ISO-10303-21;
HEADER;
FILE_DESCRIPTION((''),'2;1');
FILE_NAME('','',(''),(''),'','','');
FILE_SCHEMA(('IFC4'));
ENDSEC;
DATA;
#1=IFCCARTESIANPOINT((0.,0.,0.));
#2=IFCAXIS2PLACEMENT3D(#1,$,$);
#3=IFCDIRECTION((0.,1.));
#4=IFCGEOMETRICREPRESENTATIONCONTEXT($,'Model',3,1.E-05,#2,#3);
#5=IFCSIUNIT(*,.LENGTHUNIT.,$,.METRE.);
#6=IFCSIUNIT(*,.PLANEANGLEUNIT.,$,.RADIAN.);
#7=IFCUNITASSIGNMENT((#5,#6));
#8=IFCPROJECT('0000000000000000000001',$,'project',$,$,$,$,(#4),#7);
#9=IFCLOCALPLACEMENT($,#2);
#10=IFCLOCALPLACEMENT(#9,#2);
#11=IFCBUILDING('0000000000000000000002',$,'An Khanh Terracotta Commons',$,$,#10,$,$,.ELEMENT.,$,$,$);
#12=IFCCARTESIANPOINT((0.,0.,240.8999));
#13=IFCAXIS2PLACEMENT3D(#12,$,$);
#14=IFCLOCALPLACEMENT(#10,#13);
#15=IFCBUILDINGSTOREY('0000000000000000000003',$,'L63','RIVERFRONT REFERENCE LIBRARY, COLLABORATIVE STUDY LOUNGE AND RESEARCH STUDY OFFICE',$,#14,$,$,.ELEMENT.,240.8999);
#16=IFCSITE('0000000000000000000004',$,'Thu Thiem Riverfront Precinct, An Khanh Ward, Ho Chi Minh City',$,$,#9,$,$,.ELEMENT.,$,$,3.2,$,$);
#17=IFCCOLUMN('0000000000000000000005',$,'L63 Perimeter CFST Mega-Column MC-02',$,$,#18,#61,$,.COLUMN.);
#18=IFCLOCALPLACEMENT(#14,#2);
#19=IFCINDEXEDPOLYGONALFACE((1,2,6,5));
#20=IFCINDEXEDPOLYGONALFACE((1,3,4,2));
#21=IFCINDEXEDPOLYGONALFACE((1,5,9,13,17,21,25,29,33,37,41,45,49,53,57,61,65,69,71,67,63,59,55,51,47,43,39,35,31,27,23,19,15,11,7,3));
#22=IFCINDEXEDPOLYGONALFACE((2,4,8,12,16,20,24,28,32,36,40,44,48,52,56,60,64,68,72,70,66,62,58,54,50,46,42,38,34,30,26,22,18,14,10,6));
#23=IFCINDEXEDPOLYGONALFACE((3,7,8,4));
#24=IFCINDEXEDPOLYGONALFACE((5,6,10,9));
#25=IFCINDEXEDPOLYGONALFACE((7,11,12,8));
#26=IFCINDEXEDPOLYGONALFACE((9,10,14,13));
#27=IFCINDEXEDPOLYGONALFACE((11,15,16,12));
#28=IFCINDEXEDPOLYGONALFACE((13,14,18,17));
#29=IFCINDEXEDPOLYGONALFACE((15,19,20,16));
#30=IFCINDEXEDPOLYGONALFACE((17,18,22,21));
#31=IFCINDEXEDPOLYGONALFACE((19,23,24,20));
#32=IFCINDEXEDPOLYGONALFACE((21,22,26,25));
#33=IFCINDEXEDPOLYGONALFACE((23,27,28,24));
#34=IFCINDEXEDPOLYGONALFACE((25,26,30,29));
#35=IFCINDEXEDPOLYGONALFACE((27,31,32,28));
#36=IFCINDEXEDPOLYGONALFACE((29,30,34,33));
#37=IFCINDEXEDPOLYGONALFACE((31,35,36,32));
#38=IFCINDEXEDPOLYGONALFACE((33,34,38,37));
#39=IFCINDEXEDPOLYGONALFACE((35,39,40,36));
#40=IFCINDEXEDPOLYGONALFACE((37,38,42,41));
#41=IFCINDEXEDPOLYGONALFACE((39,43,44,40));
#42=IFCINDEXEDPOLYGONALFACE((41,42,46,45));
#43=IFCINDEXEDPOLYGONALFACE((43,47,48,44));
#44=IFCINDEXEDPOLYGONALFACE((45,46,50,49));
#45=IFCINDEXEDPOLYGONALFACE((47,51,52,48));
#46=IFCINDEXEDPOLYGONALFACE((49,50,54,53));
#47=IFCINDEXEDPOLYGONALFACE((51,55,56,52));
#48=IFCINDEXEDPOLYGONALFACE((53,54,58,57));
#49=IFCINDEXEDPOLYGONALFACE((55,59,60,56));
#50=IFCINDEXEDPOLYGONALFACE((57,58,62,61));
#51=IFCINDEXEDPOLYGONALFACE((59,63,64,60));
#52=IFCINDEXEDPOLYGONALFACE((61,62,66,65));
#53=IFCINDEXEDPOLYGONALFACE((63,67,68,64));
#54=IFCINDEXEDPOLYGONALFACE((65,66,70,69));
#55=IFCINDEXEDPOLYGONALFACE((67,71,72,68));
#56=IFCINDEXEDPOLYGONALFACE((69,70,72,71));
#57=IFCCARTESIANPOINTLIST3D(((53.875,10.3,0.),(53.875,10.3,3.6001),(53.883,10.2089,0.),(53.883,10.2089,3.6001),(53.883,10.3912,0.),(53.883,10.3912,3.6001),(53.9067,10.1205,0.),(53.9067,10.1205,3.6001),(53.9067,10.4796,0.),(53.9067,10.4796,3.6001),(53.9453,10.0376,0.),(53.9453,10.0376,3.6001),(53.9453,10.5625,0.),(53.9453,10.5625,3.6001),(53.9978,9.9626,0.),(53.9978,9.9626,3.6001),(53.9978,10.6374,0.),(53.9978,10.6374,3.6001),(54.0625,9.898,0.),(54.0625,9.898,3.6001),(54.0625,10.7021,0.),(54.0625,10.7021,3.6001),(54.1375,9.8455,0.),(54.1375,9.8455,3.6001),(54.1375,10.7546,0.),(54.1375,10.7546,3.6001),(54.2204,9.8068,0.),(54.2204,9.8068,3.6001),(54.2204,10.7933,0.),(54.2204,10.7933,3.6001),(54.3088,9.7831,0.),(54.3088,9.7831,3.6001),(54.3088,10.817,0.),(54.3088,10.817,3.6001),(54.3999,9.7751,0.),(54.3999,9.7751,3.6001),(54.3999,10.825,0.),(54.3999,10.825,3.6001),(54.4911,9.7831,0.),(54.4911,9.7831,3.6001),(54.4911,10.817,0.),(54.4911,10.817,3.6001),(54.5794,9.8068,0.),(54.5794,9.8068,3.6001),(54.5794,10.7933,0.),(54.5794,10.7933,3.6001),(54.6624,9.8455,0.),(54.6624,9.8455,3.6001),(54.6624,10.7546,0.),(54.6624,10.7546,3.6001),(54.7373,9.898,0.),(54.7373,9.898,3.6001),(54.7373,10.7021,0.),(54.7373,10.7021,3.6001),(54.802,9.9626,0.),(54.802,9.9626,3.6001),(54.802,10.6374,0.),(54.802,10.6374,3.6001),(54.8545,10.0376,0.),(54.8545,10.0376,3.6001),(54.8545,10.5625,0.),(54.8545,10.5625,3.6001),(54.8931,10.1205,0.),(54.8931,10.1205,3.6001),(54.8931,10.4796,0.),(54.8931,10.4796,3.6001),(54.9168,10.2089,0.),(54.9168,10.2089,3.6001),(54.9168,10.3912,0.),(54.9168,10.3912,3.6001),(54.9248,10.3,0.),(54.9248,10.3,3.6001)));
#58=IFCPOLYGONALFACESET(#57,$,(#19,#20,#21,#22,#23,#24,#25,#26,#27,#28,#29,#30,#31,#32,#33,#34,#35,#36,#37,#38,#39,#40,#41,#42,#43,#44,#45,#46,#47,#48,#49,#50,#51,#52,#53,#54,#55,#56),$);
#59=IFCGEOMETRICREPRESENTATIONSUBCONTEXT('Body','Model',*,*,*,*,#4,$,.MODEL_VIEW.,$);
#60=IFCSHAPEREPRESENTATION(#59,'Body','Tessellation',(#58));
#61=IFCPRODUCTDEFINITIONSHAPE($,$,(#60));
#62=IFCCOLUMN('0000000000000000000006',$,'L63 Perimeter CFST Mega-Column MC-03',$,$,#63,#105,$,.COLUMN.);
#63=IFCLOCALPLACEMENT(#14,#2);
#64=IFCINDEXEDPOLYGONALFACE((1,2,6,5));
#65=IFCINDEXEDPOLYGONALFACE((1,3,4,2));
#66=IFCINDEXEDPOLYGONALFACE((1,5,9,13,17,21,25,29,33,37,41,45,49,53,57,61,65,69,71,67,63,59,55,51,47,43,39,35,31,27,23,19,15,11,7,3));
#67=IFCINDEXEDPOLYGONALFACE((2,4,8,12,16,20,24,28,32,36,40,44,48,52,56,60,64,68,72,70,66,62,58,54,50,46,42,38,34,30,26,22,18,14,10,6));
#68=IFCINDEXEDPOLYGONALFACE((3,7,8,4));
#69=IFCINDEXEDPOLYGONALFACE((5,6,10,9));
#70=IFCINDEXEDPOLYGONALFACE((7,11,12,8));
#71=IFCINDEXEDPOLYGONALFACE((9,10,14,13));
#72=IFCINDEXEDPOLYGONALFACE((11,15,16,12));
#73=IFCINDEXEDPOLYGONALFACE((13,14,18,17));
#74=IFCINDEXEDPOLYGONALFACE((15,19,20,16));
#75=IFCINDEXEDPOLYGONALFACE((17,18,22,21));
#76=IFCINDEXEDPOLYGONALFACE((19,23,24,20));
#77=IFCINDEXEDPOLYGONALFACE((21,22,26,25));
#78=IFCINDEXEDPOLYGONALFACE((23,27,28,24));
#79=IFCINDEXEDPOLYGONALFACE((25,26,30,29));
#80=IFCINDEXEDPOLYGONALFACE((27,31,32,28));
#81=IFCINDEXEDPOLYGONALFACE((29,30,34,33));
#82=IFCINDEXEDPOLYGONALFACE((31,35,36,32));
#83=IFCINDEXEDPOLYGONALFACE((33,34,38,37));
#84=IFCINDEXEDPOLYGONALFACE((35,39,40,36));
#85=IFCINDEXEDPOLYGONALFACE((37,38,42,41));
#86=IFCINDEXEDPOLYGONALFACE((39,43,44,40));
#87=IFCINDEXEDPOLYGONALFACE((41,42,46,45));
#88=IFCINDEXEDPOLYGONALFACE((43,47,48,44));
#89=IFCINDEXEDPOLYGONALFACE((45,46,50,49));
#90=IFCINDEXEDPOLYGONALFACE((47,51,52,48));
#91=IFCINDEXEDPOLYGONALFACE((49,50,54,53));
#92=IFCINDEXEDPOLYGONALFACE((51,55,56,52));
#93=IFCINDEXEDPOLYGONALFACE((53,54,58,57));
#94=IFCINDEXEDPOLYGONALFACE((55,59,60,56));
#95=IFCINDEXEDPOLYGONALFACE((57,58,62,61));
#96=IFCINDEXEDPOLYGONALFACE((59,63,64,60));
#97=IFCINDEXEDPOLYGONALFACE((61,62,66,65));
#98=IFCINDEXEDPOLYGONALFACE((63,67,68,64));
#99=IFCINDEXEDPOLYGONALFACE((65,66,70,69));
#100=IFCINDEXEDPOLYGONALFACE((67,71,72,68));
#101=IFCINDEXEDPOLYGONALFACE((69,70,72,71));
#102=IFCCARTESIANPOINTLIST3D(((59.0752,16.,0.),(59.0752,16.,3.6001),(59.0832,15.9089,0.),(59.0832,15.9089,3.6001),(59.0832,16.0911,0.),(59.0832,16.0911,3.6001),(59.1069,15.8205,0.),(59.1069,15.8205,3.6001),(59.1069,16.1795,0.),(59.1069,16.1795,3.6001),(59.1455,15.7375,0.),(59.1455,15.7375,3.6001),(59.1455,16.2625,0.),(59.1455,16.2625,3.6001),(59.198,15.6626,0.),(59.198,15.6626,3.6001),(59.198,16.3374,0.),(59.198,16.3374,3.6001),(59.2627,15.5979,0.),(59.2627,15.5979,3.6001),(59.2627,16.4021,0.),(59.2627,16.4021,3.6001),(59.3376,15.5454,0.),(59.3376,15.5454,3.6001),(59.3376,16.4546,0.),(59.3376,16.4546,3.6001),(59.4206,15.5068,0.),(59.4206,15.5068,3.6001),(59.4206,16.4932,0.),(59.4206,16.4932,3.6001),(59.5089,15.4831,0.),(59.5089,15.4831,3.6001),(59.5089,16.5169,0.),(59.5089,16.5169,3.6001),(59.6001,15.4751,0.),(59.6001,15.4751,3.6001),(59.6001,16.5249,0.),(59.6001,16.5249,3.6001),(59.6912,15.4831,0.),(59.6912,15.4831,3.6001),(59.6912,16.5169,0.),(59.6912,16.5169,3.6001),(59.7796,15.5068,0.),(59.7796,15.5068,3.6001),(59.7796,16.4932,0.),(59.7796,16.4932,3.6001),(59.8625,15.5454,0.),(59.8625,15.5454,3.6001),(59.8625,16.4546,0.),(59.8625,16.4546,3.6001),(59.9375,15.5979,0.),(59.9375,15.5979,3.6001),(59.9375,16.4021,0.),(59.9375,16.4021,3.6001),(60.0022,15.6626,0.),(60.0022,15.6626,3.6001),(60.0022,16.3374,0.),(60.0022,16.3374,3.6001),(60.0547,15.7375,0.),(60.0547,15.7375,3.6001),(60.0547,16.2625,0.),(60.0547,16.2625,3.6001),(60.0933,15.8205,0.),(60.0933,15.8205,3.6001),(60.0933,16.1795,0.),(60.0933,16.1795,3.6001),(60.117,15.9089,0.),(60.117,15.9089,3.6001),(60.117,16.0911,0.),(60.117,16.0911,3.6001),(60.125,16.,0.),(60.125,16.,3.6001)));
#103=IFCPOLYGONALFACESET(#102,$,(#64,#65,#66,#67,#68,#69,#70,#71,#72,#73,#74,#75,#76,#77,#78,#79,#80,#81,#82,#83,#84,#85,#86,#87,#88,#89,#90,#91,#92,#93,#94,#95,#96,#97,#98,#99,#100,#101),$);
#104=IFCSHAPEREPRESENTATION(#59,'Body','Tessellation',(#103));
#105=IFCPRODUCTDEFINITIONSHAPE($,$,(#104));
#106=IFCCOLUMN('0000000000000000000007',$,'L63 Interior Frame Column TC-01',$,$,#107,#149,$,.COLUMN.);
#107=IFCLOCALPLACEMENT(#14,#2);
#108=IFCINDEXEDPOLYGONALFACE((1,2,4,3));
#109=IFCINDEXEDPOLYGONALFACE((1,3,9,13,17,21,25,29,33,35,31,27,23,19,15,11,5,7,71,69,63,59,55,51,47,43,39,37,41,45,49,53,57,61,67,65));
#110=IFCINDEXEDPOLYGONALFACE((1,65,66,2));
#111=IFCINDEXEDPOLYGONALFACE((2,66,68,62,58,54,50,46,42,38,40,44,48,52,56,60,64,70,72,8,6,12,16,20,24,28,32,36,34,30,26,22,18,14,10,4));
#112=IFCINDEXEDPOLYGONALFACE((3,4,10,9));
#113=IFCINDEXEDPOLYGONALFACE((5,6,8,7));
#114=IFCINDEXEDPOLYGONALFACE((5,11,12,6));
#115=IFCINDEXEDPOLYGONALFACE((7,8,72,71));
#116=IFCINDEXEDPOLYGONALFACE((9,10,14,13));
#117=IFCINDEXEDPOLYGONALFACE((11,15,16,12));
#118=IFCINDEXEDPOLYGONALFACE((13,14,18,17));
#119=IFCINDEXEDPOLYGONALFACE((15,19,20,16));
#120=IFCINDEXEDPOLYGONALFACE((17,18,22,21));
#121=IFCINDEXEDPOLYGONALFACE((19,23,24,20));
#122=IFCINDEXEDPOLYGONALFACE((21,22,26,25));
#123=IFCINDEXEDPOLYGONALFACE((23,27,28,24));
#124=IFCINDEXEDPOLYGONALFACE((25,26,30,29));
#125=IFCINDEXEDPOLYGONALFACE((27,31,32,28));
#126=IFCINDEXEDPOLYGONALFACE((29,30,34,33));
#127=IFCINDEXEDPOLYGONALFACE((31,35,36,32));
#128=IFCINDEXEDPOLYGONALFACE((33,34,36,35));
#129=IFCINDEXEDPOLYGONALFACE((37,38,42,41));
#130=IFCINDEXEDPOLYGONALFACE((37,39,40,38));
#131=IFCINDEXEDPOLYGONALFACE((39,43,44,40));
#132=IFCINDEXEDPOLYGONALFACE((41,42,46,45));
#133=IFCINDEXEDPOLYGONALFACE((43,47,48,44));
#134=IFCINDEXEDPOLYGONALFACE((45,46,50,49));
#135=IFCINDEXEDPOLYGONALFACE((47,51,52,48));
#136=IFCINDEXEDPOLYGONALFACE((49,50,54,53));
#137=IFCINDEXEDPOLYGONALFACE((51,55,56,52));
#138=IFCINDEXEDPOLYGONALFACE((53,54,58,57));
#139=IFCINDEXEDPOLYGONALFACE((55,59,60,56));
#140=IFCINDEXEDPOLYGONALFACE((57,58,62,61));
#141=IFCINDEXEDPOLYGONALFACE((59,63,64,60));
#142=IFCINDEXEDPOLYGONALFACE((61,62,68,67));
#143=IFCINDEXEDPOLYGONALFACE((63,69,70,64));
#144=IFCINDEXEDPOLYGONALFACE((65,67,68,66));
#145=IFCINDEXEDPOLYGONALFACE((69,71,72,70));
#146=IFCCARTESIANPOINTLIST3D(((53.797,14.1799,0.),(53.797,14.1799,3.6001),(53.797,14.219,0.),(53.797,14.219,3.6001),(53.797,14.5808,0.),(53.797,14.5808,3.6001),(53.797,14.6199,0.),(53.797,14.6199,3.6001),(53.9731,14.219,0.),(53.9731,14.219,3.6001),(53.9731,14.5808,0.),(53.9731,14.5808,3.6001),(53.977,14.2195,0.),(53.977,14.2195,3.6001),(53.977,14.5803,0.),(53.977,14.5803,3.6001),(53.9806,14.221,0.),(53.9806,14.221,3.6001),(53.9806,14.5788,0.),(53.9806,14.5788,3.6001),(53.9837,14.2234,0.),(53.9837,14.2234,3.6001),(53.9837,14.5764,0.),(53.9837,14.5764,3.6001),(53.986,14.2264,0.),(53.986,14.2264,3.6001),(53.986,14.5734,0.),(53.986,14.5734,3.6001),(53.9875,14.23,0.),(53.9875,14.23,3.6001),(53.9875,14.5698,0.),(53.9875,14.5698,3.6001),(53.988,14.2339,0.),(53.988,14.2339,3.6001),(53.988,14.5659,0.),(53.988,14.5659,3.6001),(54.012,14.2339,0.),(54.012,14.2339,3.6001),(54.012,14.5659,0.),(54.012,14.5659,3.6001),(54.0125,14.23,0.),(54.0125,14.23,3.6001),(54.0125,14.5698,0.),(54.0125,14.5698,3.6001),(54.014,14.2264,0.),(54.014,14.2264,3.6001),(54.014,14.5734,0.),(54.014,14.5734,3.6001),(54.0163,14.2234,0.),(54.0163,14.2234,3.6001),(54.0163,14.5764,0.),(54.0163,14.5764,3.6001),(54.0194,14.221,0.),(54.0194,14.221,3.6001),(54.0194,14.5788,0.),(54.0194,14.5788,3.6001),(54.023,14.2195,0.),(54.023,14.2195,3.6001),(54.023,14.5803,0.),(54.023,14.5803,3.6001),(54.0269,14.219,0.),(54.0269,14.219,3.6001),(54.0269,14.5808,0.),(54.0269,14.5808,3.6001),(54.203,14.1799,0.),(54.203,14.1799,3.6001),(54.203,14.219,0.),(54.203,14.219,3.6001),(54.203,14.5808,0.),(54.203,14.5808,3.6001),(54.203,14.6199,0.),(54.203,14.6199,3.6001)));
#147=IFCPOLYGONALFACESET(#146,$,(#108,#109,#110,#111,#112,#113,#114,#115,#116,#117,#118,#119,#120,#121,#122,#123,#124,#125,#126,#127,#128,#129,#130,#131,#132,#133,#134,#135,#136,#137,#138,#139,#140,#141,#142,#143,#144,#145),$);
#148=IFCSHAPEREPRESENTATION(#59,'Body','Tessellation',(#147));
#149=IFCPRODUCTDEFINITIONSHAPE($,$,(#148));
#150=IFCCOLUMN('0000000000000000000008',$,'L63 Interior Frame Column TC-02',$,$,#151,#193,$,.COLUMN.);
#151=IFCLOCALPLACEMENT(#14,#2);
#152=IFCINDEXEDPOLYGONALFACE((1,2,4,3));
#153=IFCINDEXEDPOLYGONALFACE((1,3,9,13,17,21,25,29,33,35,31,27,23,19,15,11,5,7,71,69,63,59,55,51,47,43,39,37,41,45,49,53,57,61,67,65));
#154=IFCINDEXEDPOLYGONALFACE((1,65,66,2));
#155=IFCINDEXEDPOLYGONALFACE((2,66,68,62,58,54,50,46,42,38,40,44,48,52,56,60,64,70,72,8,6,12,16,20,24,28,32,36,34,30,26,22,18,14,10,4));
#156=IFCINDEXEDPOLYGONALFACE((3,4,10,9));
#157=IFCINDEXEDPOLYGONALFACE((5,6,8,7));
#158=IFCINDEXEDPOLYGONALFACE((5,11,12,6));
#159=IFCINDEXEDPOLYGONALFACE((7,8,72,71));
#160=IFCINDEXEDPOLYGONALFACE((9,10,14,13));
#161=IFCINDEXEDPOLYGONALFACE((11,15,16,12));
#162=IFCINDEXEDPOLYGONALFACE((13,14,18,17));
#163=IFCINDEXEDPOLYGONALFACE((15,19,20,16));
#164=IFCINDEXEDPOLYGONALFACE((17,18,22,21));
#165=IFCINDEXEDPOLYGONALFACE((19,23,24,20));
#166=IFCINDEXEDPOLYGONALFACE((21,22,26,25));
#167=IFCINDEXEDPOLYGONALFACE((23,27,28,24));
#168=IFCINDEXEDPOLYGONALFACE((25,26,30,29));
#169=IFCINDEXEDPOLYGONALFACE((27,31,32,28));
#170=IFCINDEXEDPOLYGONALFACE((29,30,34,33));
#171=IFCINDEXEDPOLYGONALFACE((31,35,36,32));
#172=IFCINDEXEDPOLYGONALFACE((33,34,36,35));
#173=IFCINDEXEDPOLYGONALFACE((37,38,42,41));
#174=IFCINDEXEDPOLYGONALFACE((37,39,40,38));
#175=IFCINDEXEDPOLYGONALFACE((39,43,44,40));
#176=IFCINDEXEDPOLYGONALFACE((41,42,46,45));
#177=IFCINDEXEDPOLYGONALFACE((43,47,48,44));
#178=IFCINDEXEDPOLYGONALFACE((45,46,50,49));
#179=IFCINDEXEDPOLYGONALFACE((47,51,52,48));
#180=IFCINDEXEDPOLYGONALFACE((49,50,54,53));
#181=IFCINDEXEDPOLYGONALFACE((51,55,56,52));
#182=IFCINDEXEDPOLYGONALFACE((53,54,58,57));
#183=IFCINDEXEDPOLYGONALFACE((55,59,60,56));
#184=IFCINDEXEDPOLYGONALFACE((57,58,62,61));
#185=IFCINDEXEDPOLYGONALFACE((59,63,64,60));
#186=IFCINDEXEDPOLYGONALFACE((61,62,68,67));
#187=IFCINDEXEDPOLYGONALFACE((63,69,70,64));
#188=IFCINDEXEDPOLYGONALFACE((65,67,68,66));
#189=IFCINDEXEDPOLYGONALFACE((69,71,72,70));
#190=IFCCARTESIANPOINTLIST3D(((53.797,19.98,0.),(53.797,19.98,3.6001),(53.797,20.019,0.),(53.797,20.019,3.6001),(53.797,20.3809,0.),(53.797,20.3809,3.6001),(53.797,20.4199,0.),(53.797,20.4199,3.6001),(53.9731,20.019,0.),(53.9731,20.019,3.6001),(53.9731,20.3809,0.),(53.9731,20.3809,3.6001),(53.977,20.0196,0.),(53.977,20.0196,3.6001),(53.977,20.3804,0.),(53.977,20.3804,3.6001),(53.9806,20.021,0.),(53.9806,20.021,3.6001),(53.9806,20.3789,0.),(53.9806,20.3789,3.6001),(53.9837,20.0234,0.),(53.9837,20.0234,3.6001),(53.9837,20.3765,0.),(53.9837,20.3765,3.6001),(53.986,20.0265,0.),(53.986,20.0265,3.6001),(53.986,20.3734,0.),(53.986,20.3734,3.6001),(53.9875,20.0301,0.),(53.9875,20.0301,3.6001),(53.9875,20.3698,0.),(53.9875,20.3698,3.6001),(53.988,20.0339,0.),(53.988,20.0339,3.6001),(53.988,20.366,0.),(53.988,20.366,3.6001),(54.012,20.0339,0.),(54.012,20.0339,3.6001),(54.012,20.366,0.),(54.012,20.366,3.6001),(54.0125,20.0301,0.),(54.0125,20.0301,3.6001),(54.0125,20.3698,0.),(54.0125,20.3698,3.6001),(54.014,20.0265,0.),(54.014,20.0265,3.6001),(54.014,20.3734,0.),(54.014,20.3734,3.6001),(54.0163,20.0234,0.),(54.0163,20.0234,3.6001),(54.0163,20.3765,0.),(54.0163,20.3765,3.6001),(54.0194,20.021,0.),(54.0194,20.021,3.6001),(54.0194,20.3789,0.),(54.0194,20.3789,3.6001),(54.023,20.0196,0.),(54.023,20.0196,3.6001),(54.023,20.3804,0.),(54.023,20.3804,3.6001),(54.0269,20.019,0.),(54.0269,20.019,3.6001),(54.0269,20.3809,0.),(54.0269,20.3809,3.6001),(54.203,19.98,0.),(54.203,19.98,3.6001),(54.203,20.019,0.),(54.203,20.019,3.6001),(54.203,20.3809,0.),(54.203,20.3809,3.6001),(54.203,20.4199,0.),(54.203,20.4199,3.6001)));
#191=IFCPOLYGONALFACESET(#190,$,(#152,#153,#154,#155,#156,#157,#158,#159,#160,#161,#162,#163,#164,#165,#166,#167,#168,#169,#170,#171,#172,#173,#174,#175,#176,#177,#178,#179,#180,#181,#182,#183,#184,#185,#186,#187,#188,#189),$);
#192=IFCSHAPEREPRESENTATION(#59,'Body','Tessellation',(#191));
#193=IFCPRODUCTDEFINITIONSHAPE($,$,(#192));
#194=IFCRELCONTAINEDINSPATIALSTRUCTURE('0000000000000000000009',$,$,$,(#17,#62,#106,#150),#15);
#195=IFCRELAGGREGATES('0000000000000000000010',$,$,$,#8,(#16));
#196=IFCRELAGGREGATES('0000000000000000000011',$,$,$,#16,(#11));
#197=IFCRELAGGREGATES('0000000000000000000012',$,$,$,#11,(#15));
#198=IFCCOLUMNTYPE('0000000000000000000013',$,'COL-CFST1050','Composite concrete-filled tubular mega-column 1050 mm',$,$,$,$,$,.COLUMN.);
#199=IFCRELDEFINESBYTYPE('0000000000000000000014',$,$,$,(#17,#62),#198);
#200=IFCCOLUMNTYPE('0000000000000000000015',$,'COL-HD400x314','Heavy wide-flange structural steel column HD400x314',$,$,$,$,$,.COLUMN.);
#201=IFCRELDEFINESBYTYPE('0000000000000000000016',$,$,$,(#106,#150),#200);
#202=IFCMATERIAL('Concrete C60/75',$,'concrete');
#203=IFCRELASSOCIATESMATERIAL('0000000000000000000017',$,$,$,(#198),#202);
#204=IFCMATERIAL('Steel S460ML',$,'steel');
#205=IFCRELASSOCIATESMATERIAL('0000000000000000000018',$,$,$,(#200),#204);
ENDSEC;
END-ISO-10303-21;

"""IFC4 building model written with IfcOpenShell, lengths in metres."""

from ifc_helpers import new_model, si_unit, direction, frame, origin, origin_2d, place, context, subcontext, project, spatial, circle, i_section, extrude, material, material_profile, profile_set, type_object, element, save


model = new_model("IFC4")

# Units and contexts
model_context = context("Model", 3, precision=1e-05, world=origin(), true_north=direction((0.0, 1.0)))
body_context = subcontext(model_context, "Body", "Model", "MODEL_VIEW")
ifc_project = project(units=[si_unit("LENGTHUNIT", "METRE"), si_unit("PLANEANGLEUNIT", "RADIAN")], contexts=[model_context])

# Site, building, storey
site_placement = place(None, origin())
site = spatial("IfcSite", under=ifc_project, at=site_placement, Name="Thu Thiem Riverfront Precinct, An Khanh Ward, Ho Chi Minh City", CompositionType="ELEMENT", RefElevation=3.2)
building_placement = place(site_placement, origin())
building = spatial("IfcBuilding", under=site, at=building_placement, Name="An Khanh Terracotta Commons", CompositionType="ELEMENT")
storey_placement = place(building_placement, frame((0.0, 0.0, 240.8999)))
storey = spatial("IfcBuildingStorey", under=building, at=storey_placement, Name="L63", Description="RIVERFRONT REFERENCE LIBRARY, COLLABORATIVE STUDY LOUNGE AND RESEARCH STUDY OFFICE", CompositionType="ELEMENT", Elevation=240.8999)

# Columns
ifc_material_1 = material(Name="Concrete C60/75", Category="concrete")
ifc_material_profile_1 = material_profile(ifc_material_1, circle(Radius=0.5249, at=origin_2d()), Name="CFST1050")
ifc_profile_set_1 = profile_set([ifc_material_profile_1], Name="Concrete C60/75")
column_type_1 = type_object("IfcColumnType", Name="COL-CFST1050", Description="Composite concrete-filled tubular mega-column 1050 mm", PredefinedType="COLUMN", material=ifc_profile_set_1)
for number, where, z_axis, x_axis, name in (
    (1, (54.3999, 10.3, 0.0), (0.0, 0.0, 1.0), (1.0, 0.0, 0.0), "L63 Perimeter CFST Mega-Column MC-02"),
    (2, (59.6001, 16.0, 0.0), (0.0, 0.0, 1.0), (1.0, 0.0, 0.0), "L63 Perimeter CFST Mega-Column MC-03"),
):
    element("IfcColumn", number, at=place(storey_placement, frame(where, z_axis=z_axis, x_axis=x_axis)), inside=storey, type_object=column_type_1, Name=name, PredefinedType="COLUMN", context=body_context, shape_type="SweptSolid", body=[
        extrude(circle(Radius=0.5249, at=origin_2d()), origin(), (0.0, 0.0, 1.0), 3.6001),
    ])
ifc_material_2 = material(Name="Steel S460ML", Category="steel")
ifc_material_profile_2 = material_profile(ifc_material_2, i_section(OverallWidth=0.406, OverallDepth=0.4399, WebThickness=0.0239, FlangeThickness=0.0391, FilletRadius=0.0149, at=origin_2d()), Name="HD400x314")
ifc_profile_set_2 = profile_set([ifc_material_profile_2], Name="Steel S460ML")
column_type_2 = type_object("IfcColumnType", Name="COL-HD400x314", Description="Heavy wide-flange structural steel column HD400x314", PredefinedType="COLUMN", material=ifc_profile_set_2)
for number, where, z_axis, x_axis, name in (
    (3, (54.0, 14.3999, 0.0), (0.0, 0.0, 1.0), (1.0, 0.0, 0.0), "L63 Interior Frame Column TC-01"),
    (4, (54.0, 20.2, 0.0), (0.0, 0.0, 1.0), (1.0, 0.0, 0.0), "L63 Interior Frame Column TC-02"),
):
    element("IfcColumn", number, at=place(storey_placement, frame(where, z_axis=z_axis, x_axis=x_axis)), inside=storey, type_object=column_type_2, Name=name, PredefinedType="COLUMN", context=body_context, shape_type="SweptSolid", body=[
        extrude(i_section(OverallWidth=0.406, OverallDepth=0.4399, WebThickness=0.0239, FlangeThickness=0.0391, FilletRadius=0.0149, at=origin_2d()), origin(), (0.0, 0.0, 1.0), 3.6001),
    ])

save(model, "model.ifc")
